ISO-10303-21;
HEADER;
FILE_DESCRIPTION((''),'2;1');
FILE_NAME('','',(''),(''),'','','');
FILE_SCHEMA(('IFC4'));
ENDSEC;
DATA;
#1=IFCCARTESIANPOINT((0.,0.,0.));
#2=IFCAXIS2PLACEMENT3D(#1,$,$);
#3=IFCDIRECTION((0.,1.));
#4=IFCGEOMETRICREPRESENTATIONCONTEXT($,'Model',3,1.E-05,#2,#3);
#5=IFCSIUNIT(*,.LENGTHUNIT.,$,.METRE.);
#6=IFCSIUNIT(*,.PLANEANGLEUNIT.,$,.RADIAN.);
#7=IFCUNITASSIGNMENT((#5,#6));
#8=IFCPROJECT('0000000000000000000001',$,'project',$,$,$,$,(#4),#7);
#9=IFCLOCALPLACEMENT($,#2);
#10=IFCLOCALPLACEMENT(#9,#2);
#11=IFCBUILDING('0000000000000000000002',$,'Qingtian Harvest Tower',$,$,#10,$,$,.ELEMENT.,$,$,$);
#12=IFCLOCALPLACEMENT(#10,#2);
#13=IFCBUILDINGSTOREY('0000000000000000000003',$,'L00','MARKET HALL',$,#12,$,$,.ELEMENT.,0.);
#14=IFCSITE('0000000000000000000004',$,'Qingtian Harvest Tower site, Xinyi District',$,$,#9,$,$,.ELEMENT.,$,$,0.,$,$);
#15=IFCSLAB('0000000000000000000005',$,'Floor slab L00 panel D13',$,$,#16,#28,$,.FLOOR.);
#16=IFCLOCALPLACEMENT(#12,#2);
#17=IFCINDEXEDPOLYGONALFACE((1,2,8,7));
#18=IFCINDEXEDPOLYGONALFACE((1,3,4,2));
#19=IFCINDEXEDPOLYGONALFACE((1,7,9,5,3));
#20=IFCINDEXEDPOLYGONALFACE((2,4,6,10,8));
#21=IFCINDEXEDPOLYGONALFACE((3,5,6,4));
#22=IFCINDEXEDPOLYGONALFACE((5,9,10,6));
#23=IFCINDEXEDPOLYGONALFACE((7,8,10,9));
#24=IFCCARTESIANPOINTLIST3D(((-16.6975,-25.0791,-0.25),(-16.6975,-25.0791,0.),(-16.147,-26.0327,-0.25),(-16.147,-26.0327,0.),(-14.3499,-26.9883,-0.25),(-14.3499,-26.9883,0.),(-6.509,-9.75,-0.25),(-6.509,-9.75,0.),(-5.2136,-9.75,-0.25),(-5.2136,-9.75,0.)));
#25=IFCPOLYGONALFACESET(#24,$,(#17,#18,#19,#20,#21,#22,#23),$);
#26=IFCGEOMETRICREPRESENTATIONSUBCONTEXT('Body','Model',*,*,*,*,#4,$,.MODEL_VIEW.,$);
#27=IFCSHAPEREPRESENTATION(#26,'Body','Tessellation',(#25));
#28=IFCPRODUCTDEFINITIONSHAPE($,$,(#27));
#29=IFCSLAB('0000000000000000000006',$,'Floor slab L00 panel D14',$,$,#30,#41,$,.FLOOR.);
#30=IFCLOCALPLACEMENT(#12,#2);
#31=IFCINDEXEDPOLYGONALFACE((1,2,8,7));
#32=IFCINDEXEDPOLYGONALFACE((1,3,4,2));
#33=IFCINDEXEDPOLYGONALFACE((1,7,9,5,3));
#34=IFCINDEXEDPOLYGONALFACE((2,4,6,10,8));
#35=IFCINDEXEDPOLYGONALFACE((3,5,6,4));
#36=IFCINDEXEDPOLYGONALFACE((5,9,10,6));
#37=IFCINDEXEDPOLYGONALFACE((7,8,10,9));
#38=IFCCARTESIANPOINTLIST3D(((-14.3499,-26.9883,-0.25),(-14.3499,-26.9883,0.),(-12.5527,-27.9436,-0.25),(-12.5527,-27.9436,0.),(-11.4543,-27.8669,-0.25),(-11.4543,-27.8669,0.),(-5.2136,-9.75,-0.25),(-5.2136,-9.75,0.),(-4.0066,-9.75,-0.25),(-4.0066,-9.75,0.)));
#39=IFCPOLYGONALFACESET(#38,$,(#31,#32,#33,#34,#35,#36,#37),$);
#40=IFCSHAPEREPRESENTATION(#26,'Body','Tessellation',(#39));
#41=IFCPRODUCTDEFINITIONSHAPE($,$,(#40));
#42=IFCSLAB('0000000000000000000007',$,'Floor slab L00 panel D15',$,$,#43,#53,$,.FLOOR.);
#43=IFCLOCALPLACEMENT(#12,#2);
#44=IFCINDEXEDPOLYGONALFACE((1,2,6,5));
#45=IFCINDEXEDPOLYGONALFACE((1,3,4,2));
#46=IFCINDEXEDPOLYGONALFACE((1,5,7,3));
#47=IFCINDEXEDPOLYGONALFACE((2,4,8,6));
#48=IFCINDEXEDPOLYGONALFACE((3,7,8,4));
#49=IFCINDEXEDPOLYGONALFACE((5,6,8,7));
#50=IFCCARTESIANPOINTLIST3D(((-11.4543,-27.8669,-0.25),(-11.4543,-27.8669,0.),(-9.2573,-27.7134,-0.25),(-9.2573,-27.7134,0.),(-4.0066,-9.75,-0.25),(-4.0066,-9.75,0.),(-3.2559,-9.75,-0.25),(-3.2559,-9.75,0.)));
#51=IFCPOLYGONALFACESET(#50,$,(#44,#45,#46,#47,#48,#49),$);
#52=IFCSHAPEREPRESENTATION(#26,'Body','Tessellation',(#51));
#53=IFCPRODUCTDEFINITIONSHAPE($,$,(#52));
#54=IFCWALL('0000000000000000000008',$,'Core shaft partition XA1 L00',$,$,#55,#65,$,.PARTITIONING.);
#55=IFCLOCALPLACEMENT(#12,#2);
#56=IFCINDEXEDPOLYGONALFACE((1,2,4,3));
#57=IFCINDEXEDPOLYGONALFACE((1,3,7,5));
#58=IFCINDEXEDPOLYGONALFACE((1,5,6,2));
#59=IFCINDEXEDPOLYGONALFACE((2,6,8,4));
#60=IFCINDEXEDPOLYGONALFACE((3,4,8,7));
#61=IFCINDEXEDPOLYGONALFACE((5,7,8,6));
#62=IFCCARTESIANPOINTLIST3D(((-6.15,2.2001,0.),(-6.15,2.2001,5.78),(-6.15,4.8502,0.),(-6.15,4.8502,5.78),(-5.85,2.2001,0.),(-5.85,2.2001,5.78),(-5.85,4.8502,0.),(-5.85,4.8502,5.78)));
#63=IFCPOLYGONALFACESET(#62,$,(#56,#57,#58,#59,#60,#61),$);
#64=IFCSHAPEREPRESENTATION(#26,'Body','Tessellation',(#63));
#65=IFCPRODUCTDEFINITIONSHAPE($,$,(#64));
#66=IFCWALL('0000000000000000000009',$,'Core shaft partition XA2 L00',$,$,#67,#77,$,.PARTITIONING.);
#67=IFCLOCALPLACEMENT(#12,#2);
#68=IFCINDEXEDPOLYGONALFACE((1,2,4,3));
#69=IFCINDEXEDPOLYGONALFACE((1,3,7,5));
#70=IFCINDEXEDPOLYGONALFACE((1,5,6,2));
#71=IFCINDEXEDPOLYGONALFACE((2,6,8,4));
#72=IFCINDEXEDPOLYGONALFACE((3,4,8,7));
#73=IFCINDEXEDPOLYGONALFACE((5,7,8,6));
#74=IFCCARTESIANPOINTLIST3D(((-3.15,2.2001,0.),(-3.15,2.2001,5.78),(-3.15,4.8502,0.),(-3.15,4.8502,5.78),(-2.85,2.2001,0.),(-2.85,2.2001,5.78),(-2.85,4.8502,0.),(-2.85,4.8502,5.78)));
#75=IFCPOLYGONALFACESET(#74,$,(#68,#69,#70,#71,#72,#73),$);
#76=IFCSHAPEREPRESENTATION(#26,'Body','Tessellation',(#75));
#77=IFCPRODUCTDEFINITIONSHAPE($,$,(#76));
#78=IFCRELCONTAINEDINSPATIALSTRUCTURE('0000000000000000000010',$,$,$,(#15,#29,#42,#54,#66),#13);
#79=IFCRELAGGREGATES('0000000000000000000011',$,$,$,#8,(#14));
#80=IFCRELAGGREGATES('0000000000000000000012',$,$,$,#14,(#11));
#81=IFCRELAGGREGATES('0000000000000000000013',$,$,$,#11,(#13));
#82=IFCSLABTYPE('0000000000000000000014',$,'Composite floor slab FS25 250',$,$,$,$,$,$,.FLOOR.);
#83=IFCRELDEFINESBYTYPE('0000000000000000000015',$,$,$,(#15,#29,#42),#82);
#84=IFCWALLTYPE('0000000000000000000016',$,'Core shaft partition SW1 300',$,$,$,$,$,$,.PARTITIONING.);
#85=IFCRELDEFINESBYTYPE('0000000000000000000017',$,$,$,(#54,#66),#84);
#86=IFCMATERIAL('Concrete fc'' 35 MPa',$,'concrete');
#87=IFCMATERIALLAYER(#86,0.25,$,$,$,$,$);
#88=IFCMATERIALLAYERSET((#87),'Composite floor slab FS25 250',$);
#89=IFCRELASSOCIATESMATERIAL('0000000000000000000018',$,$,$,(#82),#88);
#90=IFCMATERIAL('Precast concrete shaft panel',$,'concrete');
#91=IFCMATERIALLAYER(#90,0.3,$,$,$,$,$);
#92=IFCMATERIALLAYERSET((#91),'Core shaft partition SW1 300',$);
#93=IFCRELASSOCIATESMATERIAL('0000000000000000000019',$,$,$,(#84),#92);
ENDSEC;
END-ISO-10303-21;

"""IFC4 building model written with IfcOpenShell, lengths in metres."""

from ifc_helpers import new_model, si_unit, direction, frame, frame_2d, origin, place, context, subcontext, project, spatial, polyline, rectangle, outline, extrude, material, layer, layer_set, type_object, element, save


model = new_model("IFC4")

# Units and contexts
model_context = context("Model", 3, precision=1e-05, world=origin(), true_north=direction((0.0, 1.0)))
body_context = subcontext(model_context, "Body", "Model", "MODEL_VIEW")
ifc_project = project(units=[si_unit("LENGTHUNIT", "METRE"), si_unit("PLANEANGLEUNIT", "RADIAN")], contexts=[model_context])

# Site, building, storey
site_placement = place(None, origin())
site = spatial("IfcSite", under=ifc_project, at=site_placement, Name="Qingtian Harvest Tower site, Xinyi District", CompositionType="ELEMENT", RefElevation=0.0)
building_placement = place(site_placement, origin())
building = spatial("IfcBuilding", under=site, at=building_placement, Name="Qingtian Harvest Tower", CompositionType="ELEMENT")
storey_placement = place(building_placement, origin())
storey = spatial("IfcBuildingStorey", under=building, at=storey_placement, Name="L00", Description="MARKET HALL", CompositionType="ELEMENT", Elevation=0.0)

# Slabs
ifc_material_1 = material(Name="Concrete fc' 35 MPa", Category="concrete")
ifc_layer_1 = layer(ifc_material_1, 0.25)
ifc_layer_set_1 = layer_set([ifc_layer_1], Name="Composite floor slab FS25 250")
slab_type = type_object("IfcSlabType", Name="Composite floor slab FS25 250", PredefinedType="FLOOR", material=ifc_layer_set_1)
slab_1_placement = place(storey_placement, frame((0.0, 0.0, -0.25)))
element("IfcSlab", 1, at=slab_1_placement, inside=storey, type_object=slab_type, Name="Floor slab L00 panel D13", PredefinedType="FLOOR", context=body_context, shape_type="SweptSolid", body=[
    extrude(outline(polyline([(-6.509, -9.75), (-5.2136, -9.75), (-14.3499, -26.9883), (-16.147, -26.0327), (-16.6975, -25.0791), (-6.509, -9.75)])), origin(), (0.0, 0.0, 1.0), 0.25),
])
slab_2_placement = place(storey_placement, frame((0.0, 0.0, -0.25)))
element("IfcSlab", 2, at=slab_2_placement, inside=storey, type_object=slab_type, Name="Floor slab L00 panel D14", PredefinedType="FLOOR", context=body_context, shape_type="SweptSolid", body=[
    extrude(outline(polyline([(-5.2136, -9.75), (-4.0066, -9.75), (-11.4543, -27.8669), (-12.5527, -27.9436), (-14.3499, -26.9883), (-5.2136, -9.75)])), origin(), (0.0, 0.0, 1.0), 0.25),
])
slab_3_placement = place(storey_placement, frame((0.0, 0.0, -0.25)))
element("IfcSlab", 3, at=slab_3_placement, inside=storey, type_object=slab_type, Name="Floor slab L00 panel D15", PredefinedType="FLOOR", context=body_context, shape_type="SweptSolid", body=[
    extrude(outline(polyline([(-3.2559, -9.75), (-9.2573, -27.7134), (-11.4543, -27.8669), (-4.0066, -9.75), (-3.2559, -9.75)])), origin(), (0.0, 0.0, 1.0), 0.25),
])

# Walls
ifc_material_2 = material(Name="Precast concrete shaft panel", Category="concrete")
ifc_layer_2 = layer(ifc_material_2, 0.3)
ifc_layer_set_2 = layer_set([ifc_layer_2], Name="Core shaft partition SW1 300")
wall_type_1 = type_object("IfcWallType", Name="Core shaft partition SW1 300", PredefinedType="PARTITIONING", material=ifc_layer_set_2)
for number, where, z_axis, x_axis, name in (
    (4, (-6.0, 2.2, 0.0), (0.0, 0.0, 1.0), (0.0, 1.0, 0.0), "Core shaft partition XA1 L00"),
    (5, (-3.0, 2.2, 0.0), (0.0, 0.0, 1.0), (0.0, 1.0, 0.0), "Core shaft partition XA2 L00"),
):
    element("IfcWall", number, at=place(storey_placement, frame(where, z_axis=z_axis, x_axis=x_axis)), inside=storey, type_object=wall_type_1, Name=name, PredefinedType="PARTITIONING", context=body_context, shape_type="SweptSolid", body=[
        extrude(rectangle(XDim=2.6501, YDim=0.3, at=frame_2d((1.3252, 0.0))), origin(), (0.0, 0.0, 1.0), 5.78),
    ])

save(model, "model.ifc")
